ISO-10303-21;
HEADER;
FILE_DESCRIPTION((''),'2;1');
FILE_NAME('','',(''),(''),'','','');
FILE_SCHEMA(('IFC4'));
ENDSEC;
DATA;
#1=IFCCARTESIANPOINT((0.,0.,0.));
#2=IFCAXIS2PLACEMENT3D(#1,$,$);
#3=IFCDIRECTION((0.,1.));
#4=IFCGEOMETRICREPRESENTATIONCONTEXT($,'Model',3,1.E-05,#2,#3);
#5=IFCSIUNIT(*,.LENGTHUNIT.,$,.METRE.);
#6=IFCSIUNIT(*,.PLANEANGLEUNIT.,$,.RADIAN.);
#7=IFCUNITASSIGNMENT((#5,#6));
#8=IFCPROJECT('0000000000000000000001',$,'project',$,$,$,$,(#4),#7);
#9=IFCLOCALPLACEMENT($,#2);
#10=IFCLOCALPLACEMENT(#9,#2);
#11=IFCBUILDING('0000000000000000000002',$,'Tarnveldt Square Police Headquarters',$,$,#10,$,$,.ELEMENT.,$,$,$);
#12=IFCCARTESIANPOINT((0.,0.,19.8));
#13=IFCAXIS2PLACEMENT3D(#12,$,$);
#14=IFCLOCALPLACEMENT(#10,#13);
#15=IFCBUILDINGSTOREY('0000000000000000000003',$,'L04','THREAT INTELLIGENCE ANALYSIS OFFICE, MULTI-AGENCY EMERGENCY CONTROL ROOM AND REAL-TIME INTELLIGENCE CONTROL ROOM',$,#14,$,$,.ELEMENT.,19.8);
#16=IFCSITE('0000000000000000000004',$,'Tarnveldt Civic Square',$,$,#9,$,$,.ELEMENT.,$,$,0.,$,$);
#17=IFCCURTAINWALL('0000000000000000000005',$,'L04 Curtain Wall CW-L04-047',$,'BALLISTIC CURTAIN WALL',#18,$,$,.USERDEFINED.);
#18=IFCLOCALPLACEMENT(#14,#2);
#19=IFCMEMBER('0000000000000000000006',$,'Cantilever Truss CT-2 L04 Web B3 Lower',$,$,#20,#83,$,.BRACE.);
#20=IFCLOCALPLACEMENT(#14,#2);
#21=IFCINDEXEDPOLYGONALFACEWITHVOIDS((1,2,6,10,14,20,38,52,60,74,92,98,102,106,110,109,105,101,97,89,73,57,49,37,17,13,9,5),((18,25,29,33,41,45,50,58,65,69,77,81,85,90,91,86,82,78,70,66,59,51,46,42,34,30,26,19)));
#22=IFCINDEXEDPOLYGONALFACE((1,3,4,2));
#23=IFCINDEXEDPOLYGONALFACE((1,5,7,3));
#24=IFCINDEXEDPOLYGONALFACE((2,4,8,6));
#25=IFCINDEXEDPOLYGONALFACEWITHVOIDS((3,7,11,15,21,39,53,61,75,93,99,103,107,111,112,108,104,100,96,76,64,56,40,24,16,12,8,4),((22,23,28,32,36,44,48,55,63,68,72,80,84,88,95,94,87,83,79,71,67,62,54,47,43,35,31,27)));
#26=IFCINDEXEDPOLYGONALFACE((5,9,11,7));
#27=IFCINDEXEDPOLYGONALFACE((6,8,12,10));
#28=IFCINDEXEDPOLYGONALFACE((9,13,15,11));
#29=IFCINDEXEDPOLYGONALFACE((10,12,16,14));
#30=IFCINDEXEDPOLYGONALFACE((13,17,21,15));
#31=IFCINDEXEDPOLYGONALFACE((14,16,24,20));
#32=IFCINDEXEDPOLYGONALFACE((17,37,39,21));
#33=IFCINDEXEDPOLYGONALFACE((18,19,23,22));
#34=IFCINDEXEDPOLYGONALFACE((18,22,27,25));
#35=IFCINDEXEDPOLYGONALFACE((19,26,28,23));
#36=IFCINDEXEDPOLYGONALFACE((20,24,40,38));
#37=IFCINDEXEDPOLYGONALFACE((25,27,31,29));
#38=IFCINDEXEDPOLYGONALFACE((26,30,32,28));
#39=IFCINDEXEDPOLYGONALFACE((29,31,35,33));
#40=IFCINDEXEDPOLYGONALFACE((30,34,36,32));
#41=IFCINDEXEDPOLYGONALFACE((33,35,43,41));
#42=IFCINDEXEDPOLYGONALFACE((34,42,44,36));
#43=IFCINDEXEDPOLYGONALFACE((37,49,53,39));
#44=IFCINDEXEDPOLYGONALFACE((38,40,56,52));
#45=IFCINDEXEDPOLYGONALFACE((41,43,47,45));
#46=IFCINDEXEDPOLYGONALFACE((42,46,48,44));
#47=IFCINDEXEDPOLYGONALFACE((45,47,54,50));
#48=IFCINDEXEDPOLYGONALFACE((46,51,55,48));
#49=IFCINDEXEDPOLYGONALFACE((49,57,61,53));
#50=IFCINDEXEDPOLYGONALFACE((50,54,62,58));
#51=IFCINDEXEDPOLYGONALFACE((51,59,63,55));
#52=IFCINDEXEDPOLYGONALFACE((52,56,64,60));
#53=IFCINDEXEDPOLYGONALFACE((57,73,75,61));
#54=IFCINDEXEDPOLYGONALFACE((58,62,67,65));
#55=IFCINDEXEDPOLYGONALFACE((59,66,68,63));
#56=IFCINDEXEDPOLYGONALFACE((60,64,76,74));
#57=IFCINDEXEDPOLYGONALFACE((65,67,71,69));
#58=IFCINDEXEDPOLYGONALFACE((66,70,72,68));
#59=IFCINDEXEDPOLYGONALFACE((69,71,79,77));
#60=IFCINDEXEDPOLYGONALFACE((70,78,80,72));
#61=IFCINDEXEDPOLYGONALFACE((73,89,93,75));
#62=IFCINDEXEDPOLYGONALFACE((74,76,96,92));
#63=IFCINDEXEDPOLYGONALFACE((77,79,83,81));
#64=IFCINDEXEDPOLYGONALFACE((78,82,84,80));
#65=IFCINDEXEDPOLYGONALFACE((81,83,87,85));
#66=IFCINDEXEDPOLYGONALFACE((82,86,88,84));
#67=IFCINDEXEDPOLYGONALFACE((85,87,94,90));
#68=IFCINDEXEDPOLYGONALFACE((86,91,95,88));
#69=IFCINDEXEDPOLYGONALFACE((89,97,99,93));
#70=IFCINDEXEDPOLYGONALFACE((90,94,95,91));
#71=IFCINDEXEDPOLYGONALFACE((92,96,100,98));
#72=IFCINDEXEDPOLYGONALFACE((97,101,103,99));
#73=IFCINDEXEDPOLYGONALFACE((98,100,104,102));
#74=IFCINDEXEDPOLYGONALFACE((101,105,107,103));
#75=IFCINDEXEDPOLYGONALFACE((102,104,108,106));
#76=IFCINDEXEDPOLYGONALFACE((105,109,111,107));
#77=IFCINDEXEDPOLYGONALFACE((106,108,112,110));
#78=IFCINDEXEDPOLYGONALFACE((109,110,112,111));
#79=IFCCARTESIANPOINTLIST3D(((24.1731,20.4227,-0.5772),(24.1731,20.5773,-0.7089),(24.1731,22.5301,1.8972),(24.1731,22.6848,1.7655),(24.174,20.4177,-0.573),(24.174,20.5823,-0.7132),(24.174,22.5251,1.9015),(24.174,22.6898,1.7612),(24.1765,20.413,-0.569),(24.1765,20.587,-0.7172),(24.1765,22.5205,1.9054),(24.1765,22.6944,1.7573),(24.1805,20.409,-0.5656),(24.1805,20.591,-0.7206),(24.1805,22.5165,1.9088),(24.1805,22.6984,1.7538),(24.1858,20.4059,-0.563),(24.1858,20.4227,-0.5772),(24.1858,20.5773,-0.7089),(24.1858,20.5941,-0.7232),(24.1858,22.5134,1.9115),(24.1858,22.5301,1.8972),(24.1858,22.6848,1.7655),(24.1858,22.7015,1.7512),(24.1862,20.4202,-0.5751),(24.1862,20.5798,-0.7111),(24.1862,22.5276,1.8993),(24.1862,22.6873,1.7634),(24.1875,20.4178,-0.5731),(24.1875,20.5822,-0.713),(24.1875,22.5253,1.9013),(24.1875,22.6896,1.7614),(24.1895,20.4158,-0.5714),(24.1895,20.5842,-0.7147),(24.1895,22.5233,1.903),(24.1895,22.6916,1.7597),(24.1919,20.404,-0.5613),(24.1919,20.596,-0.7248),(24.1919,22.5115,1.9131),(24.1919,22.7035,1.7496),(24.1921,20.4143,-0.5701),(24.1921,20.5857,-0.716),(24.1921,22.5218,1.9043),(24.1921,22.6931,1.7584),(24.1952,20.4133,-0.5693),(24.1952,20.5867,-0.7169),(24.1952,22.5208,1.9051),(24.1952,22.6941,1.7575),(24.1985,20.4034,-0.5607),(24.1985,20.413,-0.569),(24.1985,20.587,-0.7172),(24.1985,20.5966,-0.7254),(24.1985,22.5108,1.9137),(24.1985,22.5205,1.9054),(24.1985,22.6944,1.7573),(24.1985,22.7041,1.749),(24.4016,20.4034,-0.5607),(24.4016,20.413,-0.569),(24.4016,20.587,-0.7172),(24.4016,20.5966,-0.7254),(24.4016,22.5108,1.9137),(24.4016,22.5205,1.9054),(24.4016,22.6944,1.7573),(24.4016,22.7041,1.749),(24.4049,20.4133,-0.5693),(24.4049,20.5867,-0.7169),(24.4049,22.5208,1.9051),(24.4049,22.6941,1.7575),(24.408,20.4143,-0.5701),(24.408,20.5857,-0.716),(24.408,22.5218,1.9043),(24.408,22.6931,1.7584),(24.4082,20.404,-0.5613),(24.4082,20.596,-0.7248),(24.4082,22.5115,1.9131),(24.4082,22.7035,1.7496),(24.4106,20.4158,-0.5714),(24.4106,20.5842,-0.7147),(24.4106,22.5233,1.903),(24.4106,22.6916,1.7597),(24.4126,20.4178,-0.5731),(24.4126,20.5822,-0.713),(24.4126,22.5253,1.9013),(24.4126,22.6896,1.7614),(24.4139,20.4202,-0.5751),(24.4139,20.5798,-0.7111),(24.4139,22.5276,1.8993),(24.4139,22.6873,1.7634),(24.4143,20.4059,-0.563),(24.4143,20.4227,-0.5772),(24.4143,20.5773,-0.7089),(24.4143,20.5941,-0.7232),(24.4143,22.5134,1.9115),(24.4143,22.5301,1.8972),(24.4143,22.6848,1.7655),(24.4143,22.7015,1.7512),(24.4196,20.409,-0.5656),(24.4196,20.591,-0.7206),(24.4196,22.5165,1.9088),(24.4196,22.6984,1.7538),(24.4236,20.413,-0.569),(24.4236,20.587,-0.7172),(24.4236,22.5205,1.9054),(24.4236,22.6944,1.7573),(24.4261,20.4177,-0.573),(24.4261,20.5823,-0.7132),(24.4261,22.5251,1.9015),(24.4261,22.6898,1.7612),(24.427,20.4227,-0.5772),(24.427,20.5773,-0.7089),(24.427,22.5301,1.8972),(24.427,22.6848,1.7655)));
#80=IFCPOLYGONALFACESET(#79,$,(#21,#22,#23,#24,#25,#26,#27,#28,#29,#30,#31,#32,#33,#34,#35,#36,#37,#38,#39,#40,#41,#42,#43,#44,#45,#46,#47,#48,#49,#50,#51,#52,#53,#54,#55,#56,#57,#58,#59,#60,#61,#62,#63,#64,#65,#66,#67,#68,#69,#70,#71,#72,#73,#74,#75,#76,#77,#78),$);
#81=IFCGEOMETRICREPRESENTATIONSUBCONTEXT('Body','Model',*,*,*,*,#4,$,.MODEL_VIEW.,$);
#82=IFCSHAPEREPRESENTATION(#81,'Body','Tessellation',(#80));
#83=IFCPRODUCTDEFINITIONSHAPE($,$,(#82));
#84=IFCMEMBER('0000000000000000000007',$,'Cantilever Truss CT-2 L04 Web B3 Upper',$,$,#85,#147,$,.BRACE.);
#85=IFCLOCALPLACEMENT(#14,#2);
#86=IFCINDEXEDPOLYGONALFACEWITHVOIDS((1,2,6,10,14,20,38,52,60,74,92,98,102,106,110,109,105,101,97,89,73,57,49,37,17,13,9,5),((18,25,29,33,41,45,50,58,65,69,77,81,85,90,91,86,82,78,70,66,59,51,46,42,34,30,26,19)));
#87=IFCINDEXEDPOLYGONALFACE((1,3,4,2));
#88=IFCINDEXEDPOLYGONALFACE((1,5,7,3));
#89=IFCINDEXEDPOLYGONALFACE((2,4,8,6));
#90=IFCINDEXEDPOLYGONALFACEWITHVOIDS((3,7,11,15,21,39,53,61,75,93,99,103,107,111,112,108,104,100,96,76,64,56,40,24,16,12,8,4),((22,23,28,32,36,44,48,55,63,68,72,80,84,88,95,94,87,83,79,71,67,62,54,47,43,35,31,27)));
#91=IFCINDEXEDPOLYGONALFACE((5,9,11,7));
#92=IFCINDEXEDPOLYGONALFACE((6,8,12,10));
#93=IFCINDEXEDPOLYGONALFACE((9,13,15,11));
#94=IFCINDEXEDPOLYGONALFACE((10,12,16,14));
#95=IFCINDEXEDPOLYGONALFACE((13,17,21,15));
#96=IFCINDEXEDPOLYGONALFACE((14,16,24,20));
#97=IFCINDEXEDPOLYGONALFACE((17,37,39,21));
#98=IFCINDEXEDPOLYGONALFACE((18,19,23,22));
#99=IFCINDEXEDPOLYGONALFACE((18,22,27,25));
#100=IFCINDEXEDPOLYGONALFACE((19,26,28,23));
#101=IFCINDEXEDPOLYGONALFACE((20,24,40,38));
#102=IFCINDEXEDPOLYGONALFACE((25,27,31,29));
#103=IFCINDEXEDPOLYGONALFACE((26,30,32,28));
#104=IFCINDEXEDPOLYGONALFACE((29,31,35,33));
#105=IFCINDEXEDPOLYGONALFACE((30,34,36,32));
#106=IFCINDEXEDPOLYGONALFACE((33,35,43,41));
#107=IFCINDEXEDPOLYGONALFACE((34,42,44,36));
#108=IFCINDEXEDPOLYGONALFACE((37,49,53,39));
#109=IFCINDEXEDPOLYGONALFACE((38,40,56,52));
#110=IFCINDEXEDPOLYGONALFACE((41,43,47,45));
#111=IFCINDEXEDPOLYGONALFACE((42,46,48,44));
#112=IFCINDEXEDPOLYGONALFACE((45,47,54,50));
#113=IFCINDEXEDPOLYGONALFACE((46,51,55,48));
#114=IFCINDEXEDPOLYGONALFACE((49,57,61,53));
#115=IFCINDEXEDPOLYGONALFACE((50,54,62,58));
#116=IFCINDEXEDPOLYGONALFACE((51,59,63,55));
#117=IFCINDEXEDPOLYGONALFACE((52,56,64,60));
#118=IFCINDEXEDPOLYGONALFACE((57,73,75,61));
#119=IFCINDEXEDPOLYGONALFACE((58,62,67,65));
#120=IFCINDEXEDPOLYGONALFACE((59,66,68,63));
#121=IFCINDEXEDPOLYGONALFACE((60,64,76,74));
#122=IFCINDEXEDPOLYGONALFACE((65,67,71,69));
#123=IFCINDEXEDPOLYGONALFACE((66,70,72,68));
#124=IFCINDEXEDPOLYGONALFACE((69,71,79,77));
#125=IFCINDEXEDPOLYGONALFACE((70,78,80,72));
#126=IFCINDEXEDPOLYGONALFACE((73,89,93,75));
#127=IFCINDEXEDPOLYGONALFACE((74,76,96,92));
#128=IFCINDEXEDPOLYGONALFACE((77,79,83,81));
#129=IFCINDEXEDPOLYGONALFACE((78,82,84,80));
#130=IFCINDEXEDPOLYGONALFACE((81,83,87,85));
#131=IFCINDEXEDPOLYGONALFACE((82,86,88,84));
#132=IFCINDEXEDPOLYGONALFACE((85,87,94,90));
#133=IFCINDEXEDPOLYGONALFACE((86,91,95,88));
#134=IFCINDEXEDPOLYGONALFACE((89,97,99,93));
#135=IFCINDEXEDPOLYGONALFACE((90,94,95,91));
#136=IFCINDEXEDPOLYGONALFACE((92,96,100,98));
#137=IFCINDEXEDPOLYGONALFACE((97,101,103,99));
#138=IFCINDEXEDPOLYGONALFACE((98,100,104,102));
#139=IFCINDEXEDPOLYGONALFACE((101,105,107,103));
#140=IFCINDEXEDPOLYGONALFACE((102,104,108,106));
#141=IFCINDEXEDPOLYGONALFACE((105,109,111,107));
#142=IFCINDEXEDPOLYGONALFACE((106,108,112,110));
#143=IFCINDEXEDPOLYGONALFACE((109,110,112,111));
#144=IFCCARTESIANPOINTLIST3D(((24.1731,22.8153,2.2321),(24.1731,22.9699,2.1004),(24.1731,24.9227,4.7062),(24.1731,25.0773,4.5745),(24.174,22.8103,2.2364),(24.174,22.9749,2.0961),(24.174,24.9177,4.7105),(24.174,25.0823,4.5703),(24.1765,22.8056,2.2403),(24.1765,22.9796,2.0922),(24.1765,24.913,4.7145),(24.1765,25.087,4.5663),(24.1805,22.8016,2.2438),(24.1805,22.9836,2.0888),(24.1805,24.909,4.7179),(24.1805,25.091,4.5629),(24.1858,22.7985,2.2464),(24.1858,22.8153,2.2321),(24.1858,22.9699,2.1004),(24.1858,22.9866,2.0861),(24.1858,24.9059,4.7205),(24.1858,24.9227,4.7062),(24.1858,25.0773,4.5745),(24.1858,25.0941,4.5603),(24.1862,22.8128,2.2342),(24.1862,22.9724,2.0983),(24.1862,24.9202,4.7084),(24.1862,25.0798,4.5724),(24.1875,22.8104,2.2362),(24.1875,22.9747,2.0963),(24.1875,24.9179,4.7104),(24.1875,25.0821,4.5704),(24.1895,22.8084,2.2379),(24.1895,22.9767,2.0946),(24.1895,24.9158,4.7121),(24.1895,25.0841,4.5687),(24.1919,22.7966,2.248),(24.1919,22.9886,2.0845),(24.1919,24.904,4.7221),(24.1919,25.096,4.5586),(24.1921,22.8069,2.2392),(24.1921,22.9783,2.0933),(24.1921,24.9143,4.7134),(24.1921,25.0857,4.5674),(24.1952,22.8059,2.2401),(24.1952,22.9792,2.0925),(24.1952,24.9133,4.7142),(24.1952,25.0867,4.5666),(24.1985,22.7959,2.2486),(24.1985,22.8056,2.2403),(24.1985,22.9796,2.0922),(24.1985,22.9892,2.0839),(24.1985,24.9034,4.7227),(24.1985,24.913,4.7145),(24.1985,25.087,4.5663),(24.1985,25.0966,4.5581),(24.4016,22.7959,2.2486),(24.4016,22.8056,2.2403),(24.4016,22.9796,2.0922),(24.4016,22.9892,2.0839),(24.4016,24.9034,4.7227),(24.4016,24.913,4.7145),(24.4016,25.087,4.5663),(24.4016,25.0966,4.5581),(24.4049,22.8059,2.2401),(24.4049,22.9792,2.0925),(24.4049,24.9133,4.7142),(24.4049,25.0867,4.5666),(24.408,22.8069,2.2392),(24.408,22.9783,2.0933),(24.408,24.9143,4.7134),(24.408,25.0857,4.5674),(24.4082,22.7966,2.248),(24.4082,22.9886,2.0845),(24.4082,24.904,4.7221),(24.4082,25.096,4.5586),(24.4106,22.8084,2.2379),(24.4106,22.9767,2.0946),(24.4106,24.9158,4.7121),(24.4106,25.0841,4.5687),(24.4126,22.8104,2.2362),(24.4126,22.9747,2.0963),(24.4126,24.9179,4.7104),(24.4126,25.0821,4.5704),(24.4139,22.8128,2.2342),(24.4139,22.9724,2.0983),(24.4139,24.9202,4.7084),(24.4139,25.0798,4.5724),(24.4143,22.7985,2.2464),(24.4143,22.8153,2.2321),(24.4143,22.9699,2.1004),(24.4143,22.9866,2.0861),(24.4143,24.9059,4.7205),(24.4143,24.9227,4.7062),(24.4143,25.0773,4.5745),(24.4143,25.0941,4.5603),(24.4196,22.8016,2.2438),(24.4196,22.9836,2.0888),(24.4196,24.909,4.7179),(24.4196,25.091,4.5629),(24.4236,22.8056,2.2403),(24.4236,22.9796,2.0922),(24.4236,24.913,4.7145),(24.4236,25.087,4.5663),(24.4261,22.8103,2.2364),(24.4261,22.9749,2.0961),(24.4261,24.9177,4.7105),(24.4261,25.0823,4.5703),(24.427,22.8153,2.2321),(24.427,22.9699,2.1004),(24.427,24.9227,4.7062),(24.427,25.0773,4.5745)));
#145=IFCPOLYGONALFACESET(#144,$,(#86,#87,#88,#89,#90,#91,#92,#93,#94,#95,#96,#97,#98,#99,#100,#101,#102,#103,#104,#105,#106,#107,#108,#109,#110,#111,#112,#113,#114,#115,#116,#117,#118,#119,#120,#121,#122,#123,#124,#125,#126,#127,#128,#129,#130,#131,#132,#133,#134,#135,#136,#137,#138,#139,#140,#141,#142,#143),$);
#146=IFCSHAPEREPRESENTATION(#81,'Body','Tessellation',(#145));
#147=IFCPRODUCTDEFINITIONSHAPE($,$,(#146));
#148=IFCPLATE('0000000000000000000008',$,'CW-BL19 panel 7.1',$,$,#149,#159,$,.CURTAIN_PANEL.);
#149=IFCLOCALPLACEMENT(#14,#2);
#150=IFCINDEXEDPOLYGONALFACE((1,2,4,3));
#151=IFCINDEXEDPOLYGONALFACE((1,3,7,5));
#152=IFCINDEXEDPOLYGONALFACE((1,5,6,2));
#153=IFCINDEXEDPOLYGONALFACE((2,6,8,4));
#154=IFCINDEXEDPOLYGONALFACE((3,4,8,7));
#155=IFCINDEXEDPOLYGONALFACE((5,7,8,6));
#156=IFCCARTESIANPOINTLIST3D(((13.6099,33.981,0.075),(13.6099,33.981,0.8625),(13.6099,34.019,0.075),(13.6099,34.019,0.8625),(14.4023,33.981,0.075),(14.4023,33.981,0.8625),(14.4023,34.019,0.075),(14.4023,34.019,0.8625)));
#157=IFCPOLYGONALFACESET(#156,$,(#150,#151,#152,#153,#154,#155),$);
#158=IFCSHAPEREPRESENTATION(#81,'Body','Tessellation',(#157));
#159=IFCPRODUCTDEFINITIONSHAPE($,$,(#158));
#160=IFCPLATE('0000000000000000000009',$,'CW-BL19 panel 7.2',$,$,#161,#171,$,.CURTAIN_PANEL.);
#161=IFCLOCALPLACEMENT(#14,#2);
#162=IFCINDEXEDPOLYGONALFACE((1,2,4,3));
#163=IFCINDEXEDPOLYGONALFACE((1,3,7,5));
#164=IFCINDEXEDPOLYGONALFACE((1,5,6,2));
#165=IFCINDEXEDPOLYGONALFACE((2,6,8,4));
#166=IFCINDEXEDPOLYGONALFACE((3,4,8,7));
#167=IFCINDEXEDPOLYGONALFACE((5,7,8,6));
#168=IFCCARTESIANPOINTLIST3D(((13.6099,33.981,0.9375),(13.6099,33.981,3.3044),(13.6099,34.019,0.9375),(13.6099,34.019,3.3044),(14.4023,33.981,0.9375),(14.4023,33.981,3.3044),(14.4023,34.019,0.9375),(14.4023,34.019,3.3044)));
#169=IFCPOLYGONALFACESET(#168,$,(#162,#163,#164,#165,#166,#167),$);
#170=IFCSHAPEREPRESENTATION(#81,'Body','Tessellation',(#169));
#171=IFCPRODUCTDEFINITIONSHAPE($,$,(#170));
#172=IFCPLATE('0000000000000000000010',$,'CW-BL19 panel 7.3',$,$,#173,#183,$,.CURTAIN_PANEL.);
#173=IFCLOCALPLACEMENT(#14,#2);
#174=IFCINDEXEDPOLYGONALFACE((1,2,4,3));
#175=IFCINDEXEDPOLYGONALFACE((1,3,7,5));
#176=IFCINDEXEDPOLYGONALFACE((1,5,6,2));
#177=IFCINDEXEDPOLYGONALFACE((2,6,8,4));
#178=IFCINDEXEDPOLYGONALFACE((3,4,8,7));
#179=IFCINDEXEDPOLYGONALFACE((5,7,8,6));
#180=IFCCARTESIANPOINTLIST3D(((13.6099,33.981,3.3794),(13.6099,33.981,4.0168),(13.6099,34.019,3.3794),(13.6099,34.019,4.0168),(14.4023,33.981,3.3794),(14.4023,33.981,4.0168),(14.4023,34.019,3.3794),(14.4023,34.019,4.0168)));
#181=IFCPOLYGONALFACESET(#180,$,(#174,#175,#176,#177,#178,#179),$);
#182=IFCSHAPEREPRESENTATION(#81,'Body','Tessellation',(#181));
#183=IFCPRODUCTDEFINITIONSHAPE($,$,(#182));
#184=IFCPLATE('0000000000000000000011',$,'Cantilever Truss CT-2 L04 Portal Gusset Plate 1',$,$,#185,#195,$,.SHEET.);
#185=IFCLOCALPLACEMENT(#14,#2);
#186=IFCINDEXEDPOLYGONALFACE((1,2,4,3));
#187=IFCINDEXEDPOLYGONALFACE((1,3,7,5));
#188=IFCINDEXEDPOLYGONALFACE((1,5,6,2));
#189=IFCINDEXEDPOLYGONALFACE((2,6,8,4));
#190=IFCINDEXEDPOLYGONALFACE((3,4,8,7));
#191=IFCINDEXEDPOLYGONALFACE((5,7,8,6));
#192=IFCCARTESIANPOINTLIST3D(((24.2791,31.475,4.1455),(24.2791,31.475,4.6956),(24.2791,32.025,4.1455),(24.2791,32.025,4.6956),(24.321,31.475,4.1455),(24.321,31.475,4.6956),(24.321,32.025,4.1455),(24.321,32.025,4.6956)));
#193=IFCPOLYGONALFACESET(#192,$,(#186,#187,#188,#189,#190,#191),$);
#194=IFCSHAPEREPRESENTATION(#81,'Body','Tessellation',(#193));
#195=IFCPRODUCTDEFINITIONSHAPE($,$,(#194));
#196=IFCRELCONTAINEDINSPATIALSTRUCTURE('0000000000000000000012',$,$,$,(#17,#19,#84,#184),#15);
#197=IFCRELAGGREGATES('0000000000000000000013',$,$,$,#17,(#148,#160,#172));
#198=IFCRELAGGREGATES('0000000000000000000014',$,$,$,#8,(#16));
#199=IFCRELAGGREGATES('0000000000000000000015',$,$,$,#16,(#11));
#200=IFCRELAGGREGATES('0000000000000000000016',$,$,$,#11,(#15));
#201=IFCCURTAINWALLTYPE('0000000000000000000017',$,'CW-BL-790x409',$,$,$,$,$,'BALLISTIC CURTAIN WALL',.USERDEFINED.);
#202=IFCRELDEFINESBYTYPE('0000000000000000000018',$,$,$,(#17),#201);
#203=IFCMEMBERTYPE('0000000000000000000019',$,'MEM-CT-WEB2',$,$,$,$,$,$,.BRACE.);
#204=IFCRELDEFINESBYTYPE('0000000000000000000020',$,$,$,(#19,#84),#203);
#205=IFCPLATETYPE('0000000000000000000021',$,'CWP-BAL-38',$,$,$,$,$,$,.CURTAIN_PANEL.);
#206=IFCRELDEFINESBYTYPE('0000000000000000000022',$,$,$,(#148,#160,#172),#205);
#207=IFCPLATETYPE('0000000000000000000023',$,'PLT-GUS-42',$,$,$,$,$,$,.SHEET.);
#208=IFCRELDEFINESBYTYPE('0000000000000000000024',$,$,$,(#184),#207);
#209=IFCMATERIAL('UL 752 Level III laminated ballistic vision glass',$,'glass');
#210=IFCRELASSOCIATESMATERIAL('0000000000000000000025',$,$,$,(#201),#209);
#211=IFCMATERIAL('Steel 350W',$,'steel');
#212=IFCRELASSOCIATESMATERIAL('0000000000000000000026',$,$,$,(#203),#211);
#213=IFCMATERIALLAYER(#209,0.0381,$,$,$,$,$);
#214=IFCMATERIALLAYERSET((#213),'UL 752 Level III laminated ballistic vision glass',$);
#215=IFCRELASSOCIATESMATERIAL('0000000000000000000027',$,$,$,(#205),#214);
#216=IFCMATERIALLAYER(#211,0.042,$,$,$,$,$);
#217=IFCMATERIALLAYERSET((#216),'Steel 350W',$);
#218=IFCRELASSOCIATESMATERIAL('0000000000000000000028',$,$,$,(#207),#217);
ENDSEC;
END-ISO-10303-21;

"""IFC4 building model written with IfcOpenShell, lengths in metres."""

from ifc_helpers import new_model, si_unit, direction, frame, origin, origin_2d, place, context, subcontext, project, spatial, rectangle, hollow_rectangle, extrude, material, layer, layer_set, material_profile, profile_set, type_object, element, aggregate, save


model = new_model("IFC4")

# Units and contexts
model_context = context("Model", 3, precision=1e-05, world=origin(), true_north=direction((0.0, 1.0)))
body_context = subcontext(model_context, "Body", "Model", "MODEL_VIEW")
ifc_project = project(units=[si_unit("LENGTHUNIT", "METRE"), si_unit("PLANEANGLEUNIT", "RADIAN")], contexts=[model_context])

# Site, building, storey
site_placement = place(None, origin())
site = spatial("IfcSite", under=ifc_project, at=site_placement, Name="Tarnveldt Civic Square", CompositionType="ELEMENT", RefElevation=0.0)
building_placement = place(site_placement, origin())
building = spatial("IfcBuilding", under=site, at=building_placement, Name="Tarnveldt Square Police Headquarters", CompositionType="ELEMENT")
storey_placement = place(building_placement, frame((0.0, 0.0, 19.8)))
storey = spatial("IfcBuildingStorey", under=building, at=storey_placement, Name="L04", Description="THREAT INTELLIGENCE ANALYSIS OFFICE, MULTI-AGENCY EMERGENCY CONTROL ROOM AND REAL-TIME INTELLIGENCE CONTROL ROOM", CompositionType="ELEMENT", Elevation=19.8)

# Shared definitions
ifc_material_1 = material(Name="Steel 350W", Category="steel")

# Curtain wall
ifc_material_2 = material(Name="UL 752 Level III laminated ballistic vision glass", Category="glass")
curtain_wall_type = type_object("IfcCurtainWallType", Name="CW-BL-790x409", ElementType="BALLISTIC CURTAIN WALL", PredefinedType="USERDEFINED", material=ifc_material_2)
curtain_wall_placement = place(storey_placement, origin())
curtain_wall = element("IfcCurtainWall", 1, at=curtain_wall_placement, inside=storey, type_object=curtain_wall_type, Name="L04 Curtain Wall CW-L04-047", ObjectType="BALLISTIC CURTAIN WALL", PredefinedType="USERDEFINED")

# Members
ifc_material_profile_1 = material_profile(ifc_material_1, hollow_rectangle(XDim=0.2539, YDim=0.2539, WallThickness=0.0127, InnerFilletRadius=0.0127, OuterFilletRadius=0.0254, at=origin_2d()), Name="HSS254x254x13")
ifc_profile_set_1 = profile_set([ifc_material_profile_1], Name="Steel 350W")
member_type_1 = type_object("IfcMemberType", Name="MEM-CT-WEB2", PredefinedType="BRACE", material=ifc_profile_set_1)
member_1_placement = place(storey_placement, frame((24.3, 20.5, -0.6431), z_axis=(0.0, 0.6484, 0.7613), x_axis=(-1.0, 0.0, 0.0)))
element("IfcMember", 2, at=member_1_placement, inside=storey, type_object=member_type_1, Name="Cantilever Truss CT-2 L04 Web B3 Lower", PredefinedType="BRACE", context=body_context, shape_type="SweptSolid", body=[
    extrude(hollow_rectangle(XDim=0.2539, YDim=0.2539, WallThickness=0.0127, InnerFilletRadius=0.0127, OuterFilletRadius=0.0254, at=origin_2d()), origin(), (0.0, 0.0, 1.0), 3.2502),
])
member_2_placement = place(storey_placement, frame((24.3, 22.8926, 2.1663), z_axis=(0.0, 0.648437, 0.761268), x_axis=(-1.0, 0.0, 0.0)))
element("IfcMember", 3, at=member_2_placement, inside=storey, type_object=member_type_1, Name="Cantilever Truss CT-2 L04 Web B3 Upper", PredefinedType="BRACE", context=body_context, shape_type="SweptSolid", body=[
    extrude(hollow_rectangle(XDim=0.2539, YDim=0.2539, WallThickness=0.0127, InnerFilletRadius=0.0127, OuterFilletRadius=0.0254, at=origin_2d()), origin(), (0.0, 0.0, 1.0), 3.25),
])

# Plates
ifc_layer_1 = layer(ifc_material_2, 0.0381)
ifc_layer_set_1 = layer_set([ifc_layer_1], Name="UL 752 Level III laminated ballistic vision glass")
plate_type_1 = type_object("IfcPlateType", Name="CWP-BAL-38", PredefinedType="CURTAIN_PANEL", material=ifc_layer_set_1)
plate_1_placement = place(storey_placement, frame((14.0061, 34.0, 0.075), z_axis=(0.0, 0.0, 1.0), x_axis=(1.0, 0.0, 0.0)))
plate_1 = element("IfcPlate", 4, at=plate_1_placement, type_object=plate_type_1, Name="CW-BL19 panel 7.1", PredefinedType="CURTAIN_PANEL", context=body_context, shape_type="SweptSolid", body=[
    extrude(rectangle(XDim=0.7925, YDim=0.0381, at=origin_2d()), origin(), (0.0, 0.0, 1.0), 0.7876),
])
plate_2_placement = place(storey_placement, frame((14.0061, 34.0, 0.9375), z_axis=(0.0, 0.0, 1.0), x_axis=(1.0, 0.0, 0.0)))
plate_2 = element("IfcPlate", 5, at=plate_2_placement, type_object=plate_type_1, Name="CW-BL19 panel 7.2", PredefinedType="CURTAIN_PANEL", context=body_context, shape_type="SweptSolid", body=[
    extrude(rectangle(XDim=0.7925, YDim=0.0381, at=origin_2d()), origin(), (0.0, 0.0, 1.0), 2.3669),
])
plate_3_placement = place(storey_placement, frame((14.0061, 34.0, 3.3794), z_axis=(0.0, 0.0, 1.0), x_axis=(1.0, 0.0, 0.0)))
plate_3 = element("IfcPlate", 6, at=plate_3_placement, type_object=plate_type_1, Name="CW-BL19 panel 7.3", PredefinedType="CURTAIN_PANEL", context=body_context, shape_type="SweptSolid", body=[
    extrude(rectangle(XDim=0.7925, YDim=0.0381, at=origin_2d()), origin(), (0.0, 0.0, 1.0), 0.6375),
])
aggregate(curtain_wall, [plate_1, plate_2, plate_3])

# Plate
ifc_layer_2 = layer(ifc_material_1, 0.042)
ifc_layer_set_2 = layer_set([ifc_layer_2], Name="Steel 350W")
plate_type_2 = type_object("IfcPlateType", Name="PLT-GUS-42", PredefinedType="SHEET", material=ifc_layer_set_2)
for number, where, z_axis, x_axis, name in (
    (7, (24.3, 31.75, 4.1455), (0.0, 0.0, 1.0), (1.0, 0.0, 0.0), "Cantilever Truss CT-2 L04 Portal Gusset Plate 1"),
):
    element("IfcPlate", number, at=place(storey_placement, frame(where, z_axis=z_axis, x_axis=x_axis)), inside=storey, type_object=plate_type_2, Name=name, PredefinedType="SHEET", context=body_context, shape_type="SweptSolid", body=[
        extrude(rectangle(XDim=0.042, YDim=0.55, at=origin_2d()), origin(), (0.0, 0.0, 1.0), 0.55),
    ])

save(model, "model.ifc")
